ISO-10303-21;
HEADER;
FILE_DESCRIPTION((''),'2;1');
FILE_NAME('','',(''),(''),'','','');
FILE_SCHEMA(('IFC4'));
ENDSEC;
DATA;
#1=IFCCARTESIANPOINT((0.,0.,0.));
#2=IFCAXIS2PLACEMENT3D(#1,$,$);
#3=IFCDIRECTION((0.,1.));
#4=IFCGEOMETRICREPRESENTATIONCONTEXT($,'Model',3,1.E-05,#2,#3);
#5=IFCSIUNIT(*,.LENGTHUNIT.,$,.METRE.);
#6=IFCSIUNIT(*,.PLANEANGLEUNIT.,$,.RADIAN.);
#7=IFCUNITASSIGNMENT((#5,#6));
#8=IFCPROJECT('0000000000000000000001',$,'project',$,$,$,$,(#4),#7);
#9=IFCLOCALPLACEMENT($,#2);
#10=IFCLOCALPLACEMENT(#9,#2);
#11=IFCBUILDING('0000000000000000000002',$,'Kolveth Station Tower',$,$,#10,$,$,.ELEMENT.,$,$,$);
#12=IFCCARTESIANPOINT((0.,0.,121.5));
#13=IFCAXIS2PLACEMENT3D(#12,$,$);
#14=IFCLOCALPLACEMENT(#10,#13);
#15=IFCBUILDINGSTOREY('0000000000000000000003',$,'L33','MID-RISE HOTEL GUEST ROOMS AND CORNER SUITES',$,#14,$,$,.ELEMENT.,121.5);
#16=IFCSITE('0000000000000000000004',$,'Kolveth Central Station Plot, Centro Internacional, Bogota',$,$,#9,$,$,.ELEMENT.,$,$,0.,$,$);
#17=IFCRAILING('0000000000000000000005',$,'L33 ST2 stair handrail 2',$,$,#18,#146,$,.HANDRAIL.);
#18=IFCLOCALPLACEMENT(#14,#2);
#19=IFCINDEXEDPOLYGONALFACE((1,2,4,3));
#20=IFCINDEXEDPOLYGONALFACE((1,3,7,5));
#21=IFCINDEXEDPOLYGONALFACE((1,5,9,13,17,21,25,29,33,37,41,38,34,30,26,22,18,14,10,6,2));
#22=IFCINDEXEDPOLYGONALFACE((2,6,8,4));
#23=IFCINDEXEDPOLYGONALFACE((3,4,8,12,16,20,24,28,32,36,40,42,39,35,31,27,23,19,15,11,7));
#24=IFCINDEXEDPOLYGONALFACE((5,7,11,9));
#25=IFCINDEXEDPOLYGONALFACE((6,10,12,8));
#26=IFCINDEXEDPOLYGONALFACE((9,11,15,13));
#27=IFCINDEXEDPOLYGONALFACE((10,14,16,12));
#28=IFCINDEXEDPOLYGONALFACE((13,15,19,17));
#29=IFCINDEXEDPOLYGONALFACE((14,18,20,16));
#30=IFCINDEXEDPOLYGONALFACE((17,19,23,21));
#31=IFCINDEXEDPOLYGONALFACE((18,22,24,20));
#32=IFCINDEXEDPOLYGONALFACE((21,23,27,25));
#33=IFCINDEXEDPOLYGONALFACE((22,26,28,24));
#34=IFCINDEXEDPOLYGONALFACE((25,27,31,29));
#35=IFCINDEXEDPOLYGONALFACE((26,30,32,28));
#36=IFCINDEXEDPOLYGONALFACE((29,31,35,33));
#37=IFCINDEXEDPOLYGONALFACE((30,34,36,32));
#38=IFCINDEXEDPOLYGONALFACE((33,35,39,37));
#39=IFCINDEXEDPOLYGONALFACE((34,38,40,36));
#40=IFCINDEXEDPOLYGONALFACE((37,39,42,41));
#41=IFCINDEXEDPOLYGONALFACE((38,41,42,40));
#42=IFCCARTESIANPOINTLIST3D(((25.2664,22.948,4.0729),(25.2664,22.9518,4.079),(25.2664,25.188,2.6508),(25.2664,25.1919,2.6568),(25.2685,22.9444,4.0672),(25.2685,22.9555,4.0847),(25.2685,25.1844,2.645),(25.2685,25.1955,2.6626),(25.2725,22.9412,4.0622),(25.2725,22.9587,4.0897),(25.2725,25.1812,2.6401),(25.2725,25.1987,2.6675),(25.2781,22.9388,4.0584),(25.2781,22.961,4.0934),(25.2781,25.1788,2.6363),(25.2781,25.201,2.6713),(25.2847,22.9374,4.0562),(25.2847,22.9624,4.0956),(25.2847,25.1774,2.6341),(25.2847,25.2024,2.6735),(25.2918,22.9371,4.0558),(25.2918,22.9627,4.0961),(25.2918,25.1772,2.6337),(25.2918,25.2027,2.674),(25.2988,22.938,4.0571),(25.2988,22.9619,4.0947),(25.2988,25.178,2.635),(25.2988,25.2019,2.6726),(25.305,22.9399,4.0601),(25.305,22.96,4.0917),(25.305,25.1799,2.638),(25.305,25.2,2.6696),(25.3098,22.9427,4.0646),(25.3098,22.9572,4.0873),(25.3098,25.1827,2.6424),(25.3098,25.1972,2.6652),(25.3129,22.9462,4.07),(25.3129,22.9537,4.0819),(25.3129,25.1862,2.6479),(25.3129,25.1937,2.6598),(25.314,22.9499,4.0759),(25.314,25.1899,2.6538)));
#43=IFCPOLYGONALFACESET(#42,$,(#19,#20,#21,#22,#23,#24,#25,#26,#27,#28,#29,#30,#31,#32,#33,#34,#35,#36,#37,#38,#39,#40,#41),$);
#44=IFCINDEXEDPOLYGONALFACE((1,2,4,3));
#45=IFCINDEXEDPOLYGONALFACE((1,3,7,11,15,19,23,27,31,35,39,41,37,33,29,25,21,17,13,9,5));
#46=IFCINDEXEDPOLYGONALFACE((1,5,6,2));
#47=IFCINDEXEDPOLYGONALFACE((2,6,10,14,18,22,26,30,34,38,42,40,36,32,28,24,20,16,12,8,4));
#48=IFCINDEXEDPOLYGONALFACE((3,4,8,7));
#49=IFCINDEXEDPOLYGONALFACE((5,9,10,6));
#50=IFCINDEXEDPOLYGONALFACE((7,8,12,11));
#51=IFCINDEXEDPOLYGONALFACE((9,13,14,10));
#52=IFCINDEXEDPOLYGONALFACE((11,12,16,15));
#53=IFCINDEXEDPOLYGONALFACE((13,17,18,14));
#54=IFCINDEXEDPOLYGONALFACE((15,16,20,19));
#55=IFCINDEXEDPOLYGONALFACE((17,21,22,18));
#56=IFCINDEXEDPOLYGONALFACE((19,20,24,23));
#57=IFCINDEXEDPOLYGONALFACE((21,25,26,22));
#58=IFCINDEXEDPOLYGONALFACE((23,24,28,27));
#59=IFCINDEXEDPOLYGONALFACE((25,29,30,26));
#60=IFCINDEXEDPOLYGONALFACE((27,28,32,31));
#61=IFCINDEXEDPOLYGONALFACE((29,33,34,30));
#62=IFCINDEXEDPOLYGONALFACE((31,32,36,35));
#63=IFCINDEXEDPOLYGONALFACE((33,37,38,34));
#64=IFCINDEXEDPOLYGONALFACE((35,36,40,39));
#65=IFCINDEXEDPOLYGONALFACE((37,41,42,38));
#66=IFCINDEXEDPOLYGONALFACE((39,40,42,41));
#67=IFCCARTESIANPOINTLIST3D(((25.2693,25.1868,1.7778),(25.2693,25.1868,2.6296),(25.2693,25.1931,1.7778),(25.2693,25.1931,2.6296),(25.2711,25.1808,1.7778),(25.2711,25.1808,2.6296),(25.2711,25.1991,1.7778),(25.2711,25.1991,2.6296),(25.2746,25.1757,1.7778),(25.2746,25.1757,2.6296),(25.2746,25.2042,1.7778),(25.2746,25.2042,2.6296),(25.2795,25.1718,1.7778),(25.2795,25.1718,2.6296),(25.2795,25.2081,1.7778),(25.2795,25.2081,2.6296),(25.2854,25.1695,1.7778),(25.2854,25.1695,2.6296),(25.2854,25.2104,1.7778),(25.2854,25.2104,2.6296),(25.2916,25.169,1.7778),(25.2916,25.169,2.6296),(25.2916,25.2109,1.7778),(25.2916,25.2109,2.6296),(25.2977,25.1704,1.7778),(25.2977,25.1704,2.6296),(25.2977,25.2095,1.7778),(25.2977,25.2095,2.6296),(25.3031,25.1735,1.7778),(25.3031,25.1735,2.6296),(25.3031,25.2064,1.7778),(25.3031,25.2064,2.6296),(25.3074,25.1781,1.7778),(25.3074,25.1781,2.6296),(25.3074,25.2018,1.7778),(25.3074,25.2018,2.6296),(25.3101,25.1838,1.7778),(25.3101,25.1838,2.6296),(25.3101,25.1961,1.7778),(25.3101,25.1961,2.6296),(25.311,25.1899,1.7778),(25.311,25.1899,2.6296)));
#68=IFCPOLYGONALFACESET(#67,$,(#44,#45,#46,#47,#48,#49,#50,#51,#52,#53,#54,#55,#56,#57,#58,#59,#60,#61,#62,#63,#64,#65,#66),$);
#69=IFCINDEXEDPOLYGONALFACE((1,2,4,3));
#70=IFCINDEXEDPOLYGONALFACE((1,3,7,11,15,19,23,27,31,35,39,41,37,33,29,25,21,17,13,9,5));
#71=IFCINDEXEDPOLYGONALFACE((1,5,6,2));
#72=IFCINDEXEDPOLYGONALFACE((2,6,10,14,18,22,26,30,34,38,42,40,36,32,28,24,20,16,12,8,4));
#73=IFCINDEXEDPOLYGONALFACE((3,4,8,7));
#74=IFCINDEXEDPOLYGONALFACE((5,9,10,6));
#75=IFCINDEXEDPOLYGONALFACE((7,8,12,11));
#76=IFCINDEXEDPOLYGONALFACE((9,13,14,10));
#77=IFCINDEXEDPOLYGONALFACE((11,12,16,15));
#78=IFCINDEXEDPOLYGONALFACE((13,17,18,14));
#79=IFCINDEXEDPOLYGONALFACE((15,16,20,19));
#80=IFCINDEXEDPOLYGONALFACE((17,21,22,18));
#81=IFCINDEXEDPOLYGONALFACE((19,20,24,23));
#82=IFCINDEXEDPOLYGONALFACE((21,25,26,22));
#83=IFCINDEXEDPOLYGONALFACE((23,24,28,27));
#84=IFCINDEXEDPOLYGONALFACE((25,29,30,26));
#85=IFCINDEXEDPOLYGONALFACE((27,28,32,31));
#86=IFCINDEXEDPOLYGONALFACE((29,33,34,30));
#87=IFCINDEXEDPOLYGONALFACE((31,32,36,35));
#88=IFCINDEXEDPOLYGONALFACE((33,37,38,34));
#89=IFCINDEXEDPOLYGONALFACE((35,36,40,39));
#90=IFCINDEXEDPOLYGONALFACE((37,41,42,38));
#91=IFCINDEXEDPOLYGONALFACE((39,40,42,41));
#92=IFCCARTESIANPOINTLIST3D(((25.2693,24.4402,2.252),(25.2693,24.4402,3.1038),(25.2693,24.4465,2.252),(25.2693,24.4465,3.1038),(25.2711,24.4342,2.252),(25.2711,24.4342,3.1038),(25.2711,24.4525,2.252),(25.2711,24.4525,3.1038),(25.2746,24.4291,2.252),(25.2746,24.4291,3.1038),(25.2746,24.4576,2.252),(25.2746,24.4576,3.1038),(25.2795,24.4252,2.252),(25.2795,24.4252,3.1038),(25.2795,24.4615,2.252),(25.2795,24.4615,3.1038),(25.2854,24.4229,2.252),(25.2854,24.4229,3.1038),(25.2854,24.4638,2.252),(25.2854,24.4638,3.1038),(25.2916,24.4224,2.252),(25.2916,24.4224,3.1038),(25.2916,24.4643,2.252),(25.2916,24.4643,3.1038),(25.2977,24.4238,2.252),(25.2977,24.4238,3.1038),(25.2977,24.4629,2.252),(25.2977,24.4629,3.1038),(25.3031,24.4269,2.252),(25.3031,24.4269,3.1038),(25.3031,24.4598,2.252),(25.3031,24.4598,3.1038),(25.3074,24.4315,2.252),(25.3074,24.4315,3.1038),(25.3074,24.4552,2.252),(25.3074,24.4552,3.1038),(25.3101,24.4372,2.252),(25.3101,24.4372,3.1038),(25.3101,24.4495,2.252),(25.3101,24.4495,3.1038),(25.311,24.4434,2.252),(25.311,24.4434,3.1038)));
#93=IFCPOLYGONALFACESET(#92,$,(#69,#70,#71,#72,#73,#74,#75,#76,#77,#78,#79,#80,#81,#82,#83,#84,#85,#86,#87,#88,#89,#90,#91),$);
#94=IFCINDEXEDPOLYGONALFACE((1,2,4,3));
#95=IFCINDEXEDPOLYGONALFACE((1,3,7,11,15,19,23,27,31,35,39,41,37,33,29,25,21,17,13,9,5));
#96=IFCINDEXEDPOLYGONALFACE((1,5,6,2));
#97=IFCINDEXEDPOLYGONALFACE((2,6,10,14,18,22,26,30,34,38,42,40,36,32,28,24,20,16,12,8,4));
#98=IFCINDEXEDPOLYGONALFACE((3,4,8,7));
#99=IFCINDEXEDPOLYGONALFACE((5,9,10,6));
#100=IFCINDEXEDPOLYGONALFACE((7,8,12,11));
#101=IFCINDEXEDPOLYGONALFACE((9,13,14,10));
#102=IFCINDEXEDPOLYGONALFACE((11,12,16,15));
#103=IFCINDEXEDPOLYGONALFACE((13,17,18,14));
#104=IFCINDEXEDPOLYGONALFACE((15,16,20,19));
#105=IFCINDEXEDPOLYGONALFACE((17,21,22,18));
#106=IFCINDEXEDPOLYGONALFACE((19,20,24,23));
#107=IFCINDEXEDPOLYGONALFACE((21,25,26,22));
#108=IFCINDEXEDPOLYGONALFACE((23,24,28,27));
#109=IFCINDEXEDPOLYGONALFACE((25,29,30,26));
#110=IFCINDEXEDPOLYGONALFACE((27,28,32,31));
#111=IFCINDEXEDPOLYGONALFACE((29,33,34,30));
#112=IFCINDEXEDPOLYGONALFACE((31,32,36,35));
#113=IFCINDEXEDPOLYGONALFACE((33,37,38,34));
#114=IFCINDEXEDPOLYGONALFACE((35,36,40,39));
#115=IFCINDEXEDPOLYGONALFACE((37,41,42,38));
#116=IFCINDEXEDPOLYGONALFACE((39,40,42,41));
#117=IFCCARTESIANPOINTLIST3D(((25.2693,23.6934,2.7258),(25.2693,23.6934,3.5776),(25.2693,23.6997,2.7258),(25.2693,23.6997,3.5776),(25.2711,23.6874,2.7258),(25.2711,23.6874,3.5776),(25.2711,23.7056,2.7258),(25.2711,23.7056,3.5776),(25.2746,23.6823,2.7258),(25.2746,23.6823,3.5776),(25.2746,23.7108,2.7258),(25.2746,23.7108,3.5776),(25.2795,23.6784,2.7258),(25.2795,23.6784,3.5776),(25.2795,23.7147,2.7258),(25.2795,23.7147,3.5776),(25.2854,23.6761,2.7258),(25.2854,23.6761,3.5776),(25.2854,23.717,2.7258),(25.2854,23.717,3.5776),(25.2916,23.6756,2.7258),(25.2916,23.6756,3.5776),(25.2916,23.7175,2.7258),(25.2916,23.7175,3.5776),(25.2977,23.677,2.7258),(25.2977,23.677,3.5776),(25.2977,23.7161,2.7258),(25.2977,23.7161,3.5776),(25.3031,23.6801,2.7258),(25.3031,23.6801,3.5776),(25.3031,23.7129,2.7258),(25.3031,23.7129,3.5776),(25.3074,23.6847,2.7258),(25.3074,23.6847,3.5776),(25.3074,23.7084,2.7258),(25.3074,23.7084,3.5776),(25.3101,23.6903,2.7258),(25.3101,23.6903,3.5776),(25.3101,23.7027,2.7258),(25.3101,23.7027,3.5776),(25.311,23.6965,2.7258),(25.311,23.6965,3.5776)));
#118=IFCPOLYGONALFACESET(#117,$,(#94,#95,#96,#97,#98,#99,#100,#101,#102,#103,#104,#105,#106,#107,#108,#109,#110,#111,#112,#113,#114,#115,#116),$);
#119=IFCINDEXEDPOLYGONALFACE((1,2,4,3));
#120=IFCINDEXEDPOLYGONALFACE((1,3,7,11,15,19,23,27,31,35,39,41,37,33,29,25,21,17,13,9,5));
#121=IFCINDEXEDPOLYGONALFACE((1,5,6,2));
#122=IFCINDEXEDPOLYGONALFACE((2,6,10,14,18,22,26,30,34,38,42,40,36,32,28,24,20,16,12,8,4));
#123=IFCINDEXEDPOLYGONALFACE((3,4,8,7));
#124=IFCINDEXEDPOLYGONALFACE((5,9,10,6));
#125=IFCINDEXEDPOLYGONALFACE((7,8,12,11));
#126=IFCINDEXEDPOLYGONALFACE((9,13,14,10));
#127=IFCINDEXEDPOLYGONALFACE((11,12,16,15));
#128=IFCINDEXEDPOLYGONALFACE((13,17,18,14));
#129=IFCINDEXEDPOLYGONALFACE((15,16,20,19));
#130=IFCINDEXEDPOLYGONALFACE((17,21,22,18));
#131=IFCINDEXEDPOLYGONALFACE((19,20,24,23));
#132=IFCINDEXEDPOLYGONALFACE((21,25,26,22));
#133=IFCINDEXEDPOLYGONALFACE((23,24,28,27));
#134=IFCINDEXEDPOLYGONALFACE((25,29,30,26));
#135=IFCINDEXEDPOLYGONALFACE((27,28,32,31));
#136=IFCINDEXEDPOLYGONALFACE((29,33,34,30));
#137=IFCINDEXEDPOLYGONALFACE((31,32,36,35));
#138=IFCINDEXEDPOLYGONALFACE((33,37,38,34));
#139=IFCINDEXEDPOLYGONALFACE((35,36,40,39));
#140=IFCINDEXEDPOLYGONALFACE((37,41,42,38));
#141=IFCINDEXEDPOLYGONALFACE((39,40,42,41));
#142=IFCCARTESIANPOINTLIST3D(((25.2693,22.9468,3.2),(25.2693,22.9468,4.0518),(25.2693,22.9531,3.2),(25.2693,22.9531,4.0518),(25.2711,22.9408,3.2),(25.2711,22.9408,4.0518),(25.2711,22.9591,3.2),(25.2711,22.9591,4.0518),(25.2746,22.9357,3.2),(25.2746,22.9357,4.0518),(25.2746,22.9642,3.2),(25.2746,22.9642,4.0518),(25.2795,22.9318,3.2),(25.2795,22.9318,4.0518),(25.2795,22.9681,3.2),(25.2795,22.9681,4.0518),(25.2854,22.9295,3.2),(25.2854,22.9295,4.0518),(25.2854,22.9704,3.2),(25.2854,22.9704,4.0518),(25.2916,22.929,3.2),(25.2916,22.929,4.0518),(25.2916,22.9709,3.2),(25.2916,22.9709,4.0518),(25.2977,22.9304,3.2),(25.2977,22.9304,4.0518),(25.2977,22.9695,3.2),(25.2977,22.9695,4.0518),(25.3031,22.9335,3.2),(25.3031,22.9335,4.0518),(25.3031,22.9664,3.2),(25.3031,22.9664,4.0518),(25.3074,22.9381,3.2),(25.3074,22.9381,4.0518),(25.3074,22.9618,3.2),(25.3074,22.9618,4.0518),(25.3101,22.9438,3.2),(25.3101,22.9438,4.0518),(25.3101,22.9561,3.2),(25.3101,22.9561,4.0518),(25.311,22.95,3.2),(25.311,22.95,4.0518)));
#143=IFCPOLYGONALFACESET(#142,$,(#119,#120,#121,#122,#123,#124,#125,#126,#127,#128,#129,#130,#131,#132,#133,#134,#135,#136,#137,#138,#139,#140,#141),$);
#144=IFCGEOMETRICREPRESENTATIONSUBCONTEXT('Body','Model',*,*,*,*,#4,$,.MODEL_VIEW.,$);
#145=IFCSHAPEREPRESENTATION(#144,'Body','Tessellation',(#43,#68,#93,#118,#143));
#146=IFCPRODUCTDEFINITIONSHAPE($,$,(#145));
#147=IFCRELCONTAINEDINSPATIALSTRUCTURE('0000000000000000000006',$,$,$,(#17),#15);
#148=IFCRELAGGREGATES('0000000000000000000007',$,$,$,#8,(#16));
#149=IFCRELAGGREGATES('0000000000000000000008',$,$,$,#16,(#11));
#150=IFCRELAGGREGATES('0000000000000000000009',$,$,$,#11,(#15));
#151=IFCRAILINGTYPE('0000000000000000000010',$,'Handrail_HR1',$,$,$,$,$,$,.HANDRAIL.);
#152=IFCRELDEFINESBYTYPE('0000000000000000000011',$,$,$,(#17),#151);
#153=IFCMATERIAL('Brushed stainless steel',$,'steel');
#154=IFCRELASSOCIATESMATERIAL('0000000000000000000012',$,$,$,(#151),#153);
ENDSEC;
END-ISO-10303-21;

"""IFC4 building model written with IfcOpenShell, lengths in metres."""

from ifc_helpers import new_model, si_unit, direction, frame, origin, origin_2d, place, context, subcontext, project, spatial, circle, extrude, material, type_object, element, save


model = new_model("IFC4")

# Units and contexts
model_context = context("Model", 3, precision=1e-05, world=origin(), true_north=direction((0.0, 1.0)))
body_context = subcontext(model_context, "Body", "Model", "MODEL_VIEW")
ifc_project = project(units=[si_unit("LENGTHUNIT", "METRE"), si_unit("PLANEANGLEUNIT", "RADIAN")], contexts=[model_context])

# Site, building, storey
site_placement = place(None, origin())
site = spatial("IfcSite", under=ifc_project, at=site_placement, Name="Kolveth Central Station Plot, Centro Internacional, Bogota", CompositionType="ELEMENT", RefElevation=0.0)
building_placement = place(site_placement, origin())
building = spatial("IfcBuilding", under=site, at=building_placement, Name="Kolveth Station Tower", CompositionType="ELEMENT")
storey_placement = place(building_placement, frame((0.0, 0.0, 121.5)))
storey = spatial("IfcBuildingStorey", under=building, at=storey_placement, Name="L33", Description="MID-RISE HOTEL GUEST ROOMS AND CORNER SUITES", CompositionType="ELEMENT", Elevation=121.5)

# Railing
ifc_material_1 = material(Name="Brushed stainless steel", Category="steel")
railing_type_1 = type_object("IfcRailingType", Name="Handrail_HR1", PredefinedType="HANDRAIL", material=ifc_material_1)
railing_1_placement = place(storey_placement, frame((25.29, 25.1899, 1.7778)))
element("IfcRailing", 1, at=railing_1_placement, inside=storey, type_object=railing_type_1, Name="L33 ST2 stair handrail 2", PredefinedType="HANDRAIL", context=body_context, shape_type="SweptSolid", body=[
    extrude(circle(Radius=0.0239, at=origin_2d()), frame((0.0, 0.0, 0.876), z_axis=(0.0, -0.844229, 0.535982), x_axis=(1.0, 0.0, 0.0)), (0.0, 0.0, 1.0), 2.6533),
    extrude(circle(Radius=0.021, at=origin_2d()), origin(), (0.0, 0.0, 1.0), 0.8518),
    extrude(circle(Radius=0.021, at=origin_2d()), frame((0.0, -0.7466, 0.4741)), (0.0, 0.0, 1.0), 0.8518),
    extrude(circle(Radius=0.021, at=origin_2d()), frame((0.0, -1.4934, 0.948)), (0.0, 0.0, 1.0), 0.8518),
    extrude(circle(Radius=0.021, at=origin_2d()), frame((0.0, -2.24, 1.4221)), (0.0, 0.0, 1.0), 0.8518),
])

save(model, "model.ifc")
